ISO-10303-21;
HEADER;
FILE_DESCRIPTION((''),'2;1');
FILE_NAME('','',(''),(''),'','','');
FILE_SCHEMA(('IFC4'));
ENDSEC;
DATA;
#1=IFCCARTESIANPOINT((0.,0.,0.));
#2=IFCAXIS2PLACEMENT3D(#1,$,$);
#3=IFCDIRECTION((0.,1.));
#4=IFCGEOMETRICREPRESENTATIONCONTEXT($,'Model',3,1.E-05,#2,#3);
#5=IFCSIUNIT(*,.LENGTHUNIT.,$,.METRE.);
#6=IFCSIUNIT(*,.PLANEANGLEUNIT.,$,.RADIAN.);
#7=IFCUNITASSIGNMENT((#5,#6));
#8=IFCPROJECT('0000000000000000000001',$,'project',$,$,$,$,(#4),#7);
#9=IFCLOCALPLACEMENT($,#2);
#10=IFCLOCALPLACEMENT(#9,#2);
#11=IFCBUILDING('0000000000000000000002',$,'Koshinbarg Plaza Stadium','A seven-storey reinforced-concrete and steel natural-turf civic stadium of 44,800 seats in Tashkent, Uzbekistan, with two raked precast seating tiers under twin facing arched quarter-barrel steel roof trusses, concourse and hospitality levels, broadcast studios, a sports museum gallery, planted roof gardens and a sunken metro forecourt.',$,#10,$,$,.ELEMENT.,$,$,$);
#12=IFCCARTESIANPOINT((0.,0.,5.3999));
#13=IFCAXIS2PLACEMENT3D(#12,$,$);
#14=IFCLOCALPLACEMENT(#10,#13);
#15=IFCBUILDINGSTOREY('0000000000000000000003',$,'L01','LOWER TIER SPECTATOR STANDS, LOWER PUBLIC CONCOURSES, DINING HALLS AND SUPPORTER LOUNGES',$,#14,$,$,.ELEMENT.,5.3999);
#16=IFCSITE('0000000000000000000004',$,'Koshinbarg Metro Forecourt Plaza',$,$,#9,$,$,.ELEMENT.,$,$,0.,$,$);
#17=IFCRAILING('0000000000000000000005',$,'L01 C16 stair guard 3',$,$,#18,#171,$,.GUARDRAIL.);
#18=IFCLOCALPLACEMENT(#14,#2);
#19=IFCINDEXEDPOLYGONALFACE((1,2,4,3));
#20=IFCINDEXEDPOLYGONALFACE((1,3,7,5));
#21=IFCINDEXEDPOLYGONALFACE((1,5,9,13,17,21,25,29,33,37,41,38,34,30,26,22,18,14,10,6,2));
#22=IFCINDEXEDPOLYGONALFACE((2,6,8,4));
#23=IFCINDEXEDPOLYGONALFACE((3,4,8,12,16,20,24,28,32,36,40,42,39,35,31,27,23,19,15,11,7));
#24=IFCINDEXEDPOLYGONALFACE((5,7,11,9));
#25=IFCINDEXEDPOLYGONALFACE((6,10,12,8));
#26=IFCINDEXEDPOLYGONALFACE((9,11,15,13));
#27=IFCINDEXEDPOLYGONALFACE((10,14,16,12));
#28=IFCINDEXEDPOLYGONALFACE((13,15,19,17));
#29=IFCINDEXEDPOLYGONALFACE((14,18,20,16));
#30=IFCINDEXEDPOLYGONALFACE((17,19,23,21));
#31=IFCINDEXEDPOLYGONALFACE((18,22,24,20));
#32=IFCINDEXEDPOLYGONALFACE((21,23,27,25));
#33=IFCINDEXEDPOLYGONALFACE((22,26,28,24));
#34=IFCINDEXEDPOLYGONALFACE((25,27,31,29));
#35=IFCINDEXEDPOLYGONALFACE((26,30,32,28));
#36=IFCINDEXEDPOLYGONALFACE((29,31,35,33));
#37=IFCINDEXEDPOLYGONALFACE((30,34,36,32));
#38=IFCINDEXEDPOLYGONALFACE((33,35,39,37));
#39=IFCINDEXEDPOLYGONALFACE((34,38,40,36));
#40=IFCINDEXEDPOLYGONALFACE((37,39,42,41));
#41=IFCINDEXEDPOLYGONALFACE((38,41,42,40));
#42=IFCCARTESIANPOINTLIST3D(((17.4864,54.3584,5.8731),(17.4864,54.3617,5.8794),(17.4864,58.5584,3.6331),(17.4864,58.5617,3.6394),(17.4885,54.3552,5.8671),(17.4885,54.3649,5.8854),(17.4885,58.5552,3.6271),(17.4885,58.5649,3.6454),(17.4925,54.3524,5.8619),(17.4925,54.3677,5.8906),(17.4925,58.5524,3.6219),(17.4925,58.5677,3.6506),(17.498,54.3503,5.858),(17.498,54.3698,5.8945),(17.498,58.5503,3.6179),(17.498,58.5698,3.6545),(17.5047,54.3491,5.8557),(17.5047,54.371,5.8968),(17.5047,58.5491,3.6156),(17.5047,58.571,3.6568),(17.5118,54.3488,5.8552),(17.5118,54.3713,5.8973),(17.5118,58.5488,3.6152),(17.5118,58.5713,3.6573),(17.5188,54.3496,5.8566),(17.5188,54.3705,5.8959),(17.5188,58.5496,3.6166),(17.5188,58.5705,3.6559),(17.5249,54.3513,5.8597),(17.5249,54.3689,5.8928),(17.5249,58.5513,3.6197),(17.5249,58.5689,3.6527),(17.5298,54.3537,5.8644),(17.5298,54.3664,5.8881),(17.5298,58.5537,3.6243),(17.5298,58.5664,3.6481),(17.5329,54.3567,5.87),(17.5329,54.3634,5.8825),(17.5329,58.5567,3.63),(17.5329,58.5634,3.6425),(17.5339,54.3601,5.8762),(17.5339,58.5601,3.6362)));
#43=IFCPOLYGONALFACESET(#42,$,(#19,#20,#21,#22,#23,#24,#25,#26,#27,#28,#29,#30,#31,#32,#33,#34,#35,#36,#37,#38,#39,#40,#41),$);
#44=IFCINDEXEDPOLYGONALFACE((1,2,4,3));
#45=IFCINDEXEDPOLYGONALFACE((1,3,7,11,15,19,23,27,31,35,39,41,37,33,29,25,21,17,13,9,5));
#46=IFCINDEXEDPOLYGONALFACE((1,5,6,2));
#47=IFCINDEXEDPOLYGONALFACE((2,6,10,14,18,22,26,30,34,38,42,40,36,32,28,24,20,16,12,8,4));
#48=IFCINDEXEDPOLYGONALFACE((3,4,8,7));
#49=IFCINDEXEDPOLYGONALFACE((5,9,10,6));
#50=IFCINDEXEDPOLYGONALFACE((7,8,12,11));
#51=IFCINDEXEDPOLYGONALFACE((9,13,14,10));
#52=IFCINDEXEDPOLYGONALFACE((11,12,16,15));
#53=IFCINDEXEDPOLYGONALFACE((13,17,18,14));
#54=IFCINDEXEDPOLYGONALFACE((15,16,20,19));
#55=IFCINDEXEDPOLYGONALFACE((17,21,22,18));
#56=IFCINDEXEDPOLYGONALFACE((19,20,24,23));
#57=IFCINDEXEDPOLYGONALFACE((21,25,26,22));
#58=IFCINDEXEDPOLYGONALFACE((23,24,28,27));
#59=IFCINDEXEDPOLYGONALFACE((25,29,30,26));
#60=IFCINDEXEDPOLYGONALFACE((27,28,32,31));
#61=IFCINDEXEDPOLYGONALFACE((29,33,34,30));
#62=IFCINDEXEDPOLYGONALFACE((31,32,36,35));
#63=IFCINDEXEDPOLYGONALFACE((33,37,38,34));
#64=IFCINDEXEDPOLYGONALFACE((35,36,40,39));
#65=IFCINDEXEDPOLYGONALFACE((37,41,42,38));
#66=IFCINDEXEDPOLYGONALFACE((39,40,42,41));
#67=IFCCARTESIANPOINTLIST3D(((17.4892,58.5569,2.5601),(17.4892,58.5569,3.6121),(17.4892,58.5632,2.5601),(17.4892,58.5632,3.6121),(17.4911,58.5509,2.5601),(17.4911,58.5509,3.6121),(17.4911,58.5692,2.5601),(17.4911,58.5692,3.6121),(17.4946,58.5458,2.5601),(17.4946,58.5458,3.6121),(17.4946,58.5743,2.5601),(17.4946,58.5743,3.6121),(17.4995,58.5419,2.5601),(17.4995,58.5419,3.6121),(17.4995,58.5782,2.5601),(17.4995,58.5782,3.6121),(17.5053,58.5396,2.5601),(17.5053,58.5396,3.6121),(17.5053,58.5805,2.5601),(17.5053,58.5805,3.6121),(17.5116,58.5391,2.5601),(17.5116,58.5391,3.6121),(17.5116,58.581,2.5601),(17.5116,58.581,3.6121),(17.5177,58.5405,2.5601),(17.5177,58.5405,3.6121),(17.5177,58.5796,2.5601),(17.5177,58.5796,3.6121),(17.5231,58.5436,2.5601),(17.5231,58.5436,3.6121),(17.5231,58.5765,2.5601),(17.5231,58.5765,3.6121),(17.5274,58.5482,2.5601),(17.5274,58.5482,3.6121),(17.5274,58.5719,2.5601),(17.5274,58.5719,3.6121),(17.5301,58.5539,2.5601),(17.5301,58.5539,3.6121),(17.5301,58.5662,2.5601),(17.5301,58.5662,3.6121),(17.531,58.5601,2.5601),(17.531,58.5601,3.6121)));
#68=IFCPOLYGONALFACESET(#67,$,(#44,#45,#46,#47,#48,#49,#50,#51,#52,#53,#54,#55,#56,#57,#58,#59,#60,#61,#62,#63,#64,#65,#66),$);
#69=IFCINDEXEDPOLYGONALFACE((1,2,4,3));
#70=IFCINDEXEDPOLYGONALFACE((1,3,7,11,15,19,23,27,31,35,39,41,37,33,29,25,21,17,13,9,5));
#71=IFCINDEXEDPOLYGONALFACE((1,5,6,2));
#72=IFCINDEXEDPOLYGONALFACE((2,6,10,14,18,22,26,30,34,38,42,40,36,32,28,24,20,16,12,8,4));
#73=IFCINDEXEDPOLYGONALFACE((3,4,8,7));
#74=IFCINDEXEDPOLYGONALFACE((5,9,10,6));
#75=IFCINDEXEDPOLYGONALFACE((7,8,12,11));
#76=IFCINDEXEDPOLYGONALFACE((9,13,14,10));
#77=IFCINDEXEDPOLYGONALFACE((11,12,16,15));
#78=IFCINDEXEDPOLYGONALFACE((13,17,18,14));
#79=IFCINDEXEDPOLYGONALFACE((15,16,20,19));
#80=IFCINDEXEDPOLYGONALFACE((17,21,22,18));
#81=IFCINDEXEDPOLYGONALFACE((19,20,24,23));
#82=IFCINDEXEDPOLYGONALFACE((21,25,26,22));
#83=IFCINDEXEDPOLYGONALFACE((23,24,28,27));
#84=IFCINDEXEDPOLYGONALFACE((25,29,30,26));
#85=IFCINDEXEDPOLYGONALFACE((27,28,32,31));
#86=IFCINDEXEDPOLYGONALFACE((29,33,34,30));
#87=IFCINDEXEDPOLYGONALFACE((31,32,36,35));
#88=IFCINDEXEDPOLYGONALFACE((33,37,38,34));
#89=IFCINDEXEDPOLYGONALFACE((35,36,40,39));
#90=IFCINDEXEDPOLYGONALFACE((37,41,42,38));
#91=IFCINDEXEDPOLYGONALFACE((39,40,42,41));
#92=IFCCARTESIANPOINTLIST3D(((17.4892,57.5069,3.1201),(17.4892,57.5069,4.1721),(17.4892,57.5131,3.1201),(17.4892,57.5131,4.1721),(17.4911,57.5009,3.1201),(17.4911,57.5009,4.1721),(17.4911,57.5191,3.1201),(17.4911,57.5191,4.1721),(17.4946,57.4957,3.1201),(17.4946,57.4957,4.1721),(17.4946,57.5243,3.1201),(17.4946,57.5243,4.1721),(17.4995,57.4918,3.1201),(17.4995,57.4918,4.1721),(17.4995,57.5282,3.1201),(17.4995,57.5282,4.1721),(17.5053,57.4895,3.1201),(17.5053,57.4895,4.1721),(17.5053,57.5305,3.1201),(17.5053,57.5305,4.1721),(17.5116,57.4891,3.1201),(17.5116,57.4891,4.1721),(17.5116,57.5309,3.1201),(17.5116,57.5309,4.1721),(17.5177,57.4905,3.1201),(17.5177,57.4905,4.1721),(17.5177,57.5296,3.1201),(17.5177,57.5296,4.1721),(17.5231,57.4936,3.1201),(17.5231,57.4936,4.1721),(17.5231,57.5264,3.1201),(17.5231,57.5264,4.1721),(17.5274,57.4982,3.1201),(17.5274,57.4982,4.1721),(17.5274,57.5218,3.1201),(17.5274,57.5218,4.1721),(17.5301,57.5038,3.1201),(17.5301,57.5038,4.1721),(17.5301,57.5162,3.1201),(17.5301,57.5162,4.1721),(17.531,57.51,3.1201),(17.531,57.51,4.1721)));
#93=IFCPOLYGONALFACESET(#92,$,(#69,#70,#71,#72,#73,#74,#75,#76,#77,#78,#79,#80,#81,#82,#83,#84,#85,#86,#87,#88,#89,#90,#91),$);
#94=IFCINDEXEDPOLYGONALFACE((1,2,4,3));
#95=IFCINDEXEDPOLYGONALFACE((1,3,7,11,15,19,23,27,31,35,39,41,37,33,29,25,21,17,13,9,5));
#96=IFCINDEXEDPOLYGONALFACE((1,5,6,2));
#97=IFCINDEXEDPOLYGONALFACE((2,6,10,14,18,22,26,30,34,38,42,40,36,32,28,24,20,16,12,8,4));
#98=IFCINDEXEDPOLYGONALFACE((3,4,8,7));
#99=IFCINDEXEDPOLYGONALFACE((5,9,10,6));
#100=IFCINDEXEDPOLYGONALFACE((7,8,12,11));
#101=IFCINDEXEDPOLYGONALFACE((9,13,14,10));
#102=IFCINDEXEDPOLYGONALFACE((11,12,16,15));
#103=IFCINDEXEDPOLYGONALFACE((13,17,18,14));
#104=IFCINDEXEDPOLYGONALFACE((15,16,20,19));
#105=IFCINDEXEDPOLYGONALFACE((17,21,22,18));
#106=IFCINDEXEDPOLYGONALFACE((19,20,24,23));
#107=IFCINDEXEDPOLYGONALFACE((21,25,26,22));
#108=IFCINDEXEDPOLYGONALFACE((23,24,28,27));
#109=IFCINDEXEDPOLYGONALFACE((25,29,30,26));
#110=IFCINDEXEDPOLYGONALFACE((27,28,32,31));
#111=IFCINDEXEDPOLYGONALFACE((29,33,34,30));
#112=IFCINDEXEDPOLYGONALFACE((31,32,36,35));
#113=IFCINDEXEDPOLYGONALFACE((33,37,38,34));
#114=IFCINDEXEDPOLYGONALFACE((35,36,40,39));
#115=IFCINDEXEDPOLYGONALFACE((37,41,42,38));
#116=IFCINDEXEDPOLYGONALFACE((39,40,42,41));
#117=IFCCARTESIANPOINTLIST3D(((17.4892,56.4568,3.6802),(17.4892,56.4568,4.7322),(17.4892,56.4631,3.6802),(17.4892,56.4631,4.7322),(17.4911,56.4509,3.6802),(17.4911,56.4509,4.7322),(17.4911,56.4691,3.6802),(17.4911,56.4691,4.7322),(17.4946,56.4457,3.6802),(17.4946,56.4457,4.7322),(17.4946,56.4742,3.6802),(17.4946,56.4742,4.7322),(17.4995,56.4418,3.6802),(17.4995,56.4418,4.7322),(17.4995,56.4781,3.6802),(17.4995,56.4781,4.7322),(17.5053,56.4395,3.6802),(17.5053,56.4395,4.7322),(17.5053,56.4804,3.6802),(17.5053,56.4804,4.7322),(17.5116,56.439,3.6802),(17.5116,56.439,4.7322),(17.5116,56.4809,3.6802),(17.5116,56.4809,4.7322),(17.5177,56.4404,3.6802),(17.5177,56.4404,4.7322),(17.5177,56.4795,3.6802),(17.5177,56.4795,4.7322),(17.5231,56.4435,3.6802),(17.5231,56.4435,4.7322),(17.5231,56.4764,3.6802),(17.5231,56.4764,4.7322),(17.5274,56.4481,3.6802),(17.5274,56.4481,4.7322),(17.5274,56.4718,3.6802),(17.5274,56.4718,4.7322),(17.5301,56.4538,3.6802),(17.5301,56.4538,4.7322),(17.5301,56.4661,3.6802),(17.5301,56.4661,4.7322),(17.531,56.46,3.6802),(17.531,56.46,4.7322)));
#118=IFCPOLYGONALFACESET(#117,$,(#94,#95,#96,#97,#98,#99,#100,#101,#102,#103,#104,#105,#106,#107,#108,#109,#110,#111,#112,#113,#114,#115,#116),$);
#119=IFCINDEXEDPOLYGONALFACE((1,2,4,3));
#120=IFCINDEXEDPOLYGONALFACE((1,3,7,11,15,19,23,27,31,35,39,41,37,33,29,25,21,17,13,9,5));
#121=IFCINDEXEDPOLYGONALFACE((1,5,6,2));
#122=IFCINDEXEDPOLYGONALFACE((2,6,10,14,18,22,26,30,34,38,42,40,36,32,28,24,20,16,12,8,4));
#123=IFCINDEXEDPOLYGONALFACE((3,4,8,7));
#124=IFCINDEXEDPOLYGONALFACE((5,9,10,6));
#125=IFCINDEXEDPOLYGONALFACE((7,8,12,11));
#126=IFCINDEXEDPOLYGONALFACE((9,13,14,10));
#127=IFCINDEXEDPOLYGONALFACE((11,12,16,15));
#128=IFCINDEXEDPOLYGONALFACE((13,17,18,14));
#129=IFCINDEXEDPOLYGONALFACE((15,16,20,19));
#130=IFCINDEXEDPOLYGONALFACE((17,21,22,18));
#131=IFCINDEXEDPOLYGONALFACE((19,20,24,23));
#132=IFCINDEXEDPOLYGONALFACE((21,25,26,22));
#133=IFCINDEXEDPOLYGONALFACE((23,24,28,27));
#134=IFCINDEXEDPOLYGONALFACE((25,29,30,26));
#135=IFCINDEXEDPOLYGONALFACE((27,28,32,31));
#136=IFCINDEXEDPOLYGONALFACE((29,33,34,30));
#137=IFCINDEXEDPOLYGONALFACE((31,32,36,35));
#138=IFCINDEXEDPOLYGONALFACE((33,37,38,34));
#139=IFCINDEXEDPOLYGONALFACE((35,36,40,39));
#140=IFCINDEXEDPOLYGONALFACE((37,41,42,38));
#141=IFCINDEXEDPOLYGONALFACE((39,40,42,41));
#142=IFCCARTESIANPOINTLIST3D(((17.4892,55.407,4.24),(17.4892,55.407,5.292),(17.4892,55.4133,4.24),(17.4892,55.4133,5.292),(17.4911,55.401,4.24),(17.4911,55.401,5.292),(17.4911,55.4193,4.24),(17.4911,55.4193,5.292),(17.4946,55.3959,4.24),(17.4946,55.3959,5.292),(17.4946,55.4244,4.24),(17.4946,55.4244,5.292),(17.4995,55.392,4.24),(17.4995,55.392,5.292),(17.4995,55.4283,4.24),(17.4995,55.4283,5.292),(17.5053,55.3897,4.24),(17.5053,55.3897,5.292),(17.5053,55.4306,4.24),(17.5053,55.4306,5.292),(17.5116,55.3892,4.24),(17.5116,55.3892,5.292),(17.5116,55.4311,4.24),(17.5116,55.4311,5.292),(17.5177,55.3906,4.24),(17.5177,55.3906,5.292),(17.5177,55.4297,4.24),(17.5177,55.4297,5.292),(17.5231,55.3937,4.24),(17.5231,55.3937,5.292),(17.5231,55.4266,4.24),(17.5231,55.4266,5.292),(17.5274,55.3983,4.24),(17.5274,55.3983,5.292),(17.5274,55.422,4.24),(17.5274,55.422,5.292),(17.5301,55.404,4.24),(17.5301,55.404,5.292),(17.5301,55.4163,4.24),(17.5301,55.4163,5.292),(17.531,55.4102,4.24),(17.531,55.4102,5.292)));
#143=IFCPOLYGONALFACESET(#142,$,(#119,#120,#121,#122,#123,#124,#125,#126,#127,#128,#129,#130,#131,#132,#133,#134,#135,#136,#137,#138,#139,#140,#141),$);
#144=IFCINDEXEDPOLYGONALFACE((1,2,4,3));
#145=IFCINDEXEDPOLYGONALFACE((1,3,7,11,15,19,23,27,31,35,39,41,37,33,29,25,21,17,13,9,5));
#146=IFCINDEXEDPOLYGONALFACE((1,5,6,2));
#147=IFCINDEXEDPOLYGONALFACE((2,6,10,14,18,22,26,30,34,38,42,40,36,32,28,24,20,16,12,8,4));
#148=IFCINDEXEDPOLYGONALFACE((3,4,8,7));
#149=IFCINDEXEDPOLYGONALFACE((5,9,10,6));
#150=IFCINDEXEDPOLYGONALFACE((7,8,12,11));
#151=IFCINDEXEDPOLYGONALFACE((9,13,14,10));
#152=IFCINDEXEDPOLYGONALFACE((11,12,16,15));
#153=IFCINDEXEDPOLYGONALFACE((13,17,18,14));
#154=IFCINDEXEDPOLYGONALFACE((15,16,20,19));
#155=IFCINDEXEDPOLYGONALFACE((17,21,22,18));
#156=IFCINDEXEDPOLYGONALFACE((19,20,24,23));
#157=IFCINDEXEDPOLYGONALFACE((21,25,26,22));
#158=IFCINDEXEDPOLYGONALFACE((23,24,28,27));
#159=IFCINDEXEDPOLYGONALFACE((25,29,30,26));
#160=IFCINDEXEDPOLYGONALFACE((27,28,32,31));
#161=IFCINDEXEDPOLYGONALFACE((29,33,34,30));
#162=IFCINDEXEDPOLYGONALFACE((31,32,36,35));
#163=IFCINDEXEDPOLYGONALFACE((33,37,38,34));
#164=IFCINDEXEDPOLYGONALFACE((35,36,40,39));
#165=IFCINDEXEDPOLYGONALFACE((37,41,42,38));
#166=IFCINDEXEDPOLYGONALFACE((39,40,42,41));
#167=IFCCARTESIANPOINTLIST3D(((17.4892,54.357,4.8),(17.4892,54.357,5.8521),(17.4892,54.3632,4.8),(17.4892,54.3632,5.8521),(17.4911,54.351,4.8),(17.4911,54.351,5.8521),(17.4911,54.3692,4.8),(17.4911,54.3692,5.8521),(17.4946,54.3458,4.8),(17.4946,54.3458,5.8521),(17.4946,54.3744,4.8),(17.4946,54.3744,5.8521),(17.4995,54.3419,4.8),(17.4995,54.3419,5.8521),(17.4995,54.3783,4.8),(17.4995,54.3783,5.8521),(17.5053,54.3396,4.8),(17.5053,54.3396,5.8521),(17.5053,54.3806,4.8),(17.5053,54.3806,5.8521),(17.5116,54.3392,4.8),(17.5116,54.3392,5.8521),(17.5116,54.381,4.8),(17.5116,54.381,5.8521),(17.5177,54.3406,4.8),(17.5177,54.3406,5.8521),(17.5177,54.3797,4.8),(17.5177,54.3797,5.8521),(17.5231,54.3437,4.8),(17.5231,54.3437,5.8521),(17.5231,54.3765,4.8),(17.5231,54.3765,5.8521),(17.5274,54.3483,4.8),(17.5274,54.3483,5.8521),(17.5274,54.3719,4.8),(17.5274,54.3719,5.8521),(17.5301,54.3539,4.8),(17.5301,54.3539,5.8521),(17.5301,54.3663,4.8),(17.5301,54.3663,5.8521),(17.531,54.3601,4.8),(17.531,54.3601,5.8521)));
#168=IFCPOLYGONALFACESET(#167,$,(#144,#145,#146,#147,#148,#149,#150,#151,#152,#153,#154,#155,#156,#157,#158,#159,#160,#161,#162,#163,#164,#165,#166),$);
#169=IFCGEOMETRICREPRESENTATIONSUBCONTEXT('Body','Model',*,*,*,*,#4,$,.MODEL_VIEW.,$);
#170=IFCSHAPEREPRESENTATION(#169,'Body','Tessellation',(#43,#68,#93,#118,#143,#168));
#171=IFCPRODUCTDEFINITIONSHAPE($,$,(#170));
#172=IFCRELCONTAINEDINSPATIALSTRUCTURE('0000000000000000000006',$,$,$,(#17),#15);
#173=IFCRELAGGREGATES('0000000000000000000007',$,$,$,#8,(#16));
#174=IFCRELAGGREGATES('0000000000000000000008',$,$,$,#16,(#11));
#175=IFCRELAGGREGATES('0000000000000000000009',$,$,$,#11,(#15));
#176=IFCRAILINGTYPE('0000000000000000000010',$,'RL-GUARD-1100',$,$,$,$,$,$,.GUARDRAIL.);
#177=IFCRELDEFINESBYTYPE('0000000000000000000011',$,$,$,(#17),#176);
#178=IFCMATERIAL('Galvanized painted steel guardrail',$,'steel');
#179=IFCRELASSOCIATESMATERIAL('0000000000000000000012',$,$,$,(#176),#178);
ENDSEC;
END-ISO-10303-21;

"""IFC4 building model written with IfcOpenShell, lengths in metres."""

from ifc_helpers import new_model, si_unit, direction, frame, origin, origin_2d, place, context, subcontext, project, spatial, circle, extrude, material, type_object, element, save


model = new_model("IFC4")

# Units and contexts
model_context = context("Model", 3, precision=1e-05, world=origin(), true_north=direction((0.0, 1.0)))
body_context = subcontext(model_context, "Body", "Model", "MODEL_VIEW")
ifc_project = project(units=[si_unit("LENGTHUNIT", "METRE"), si_unit("PLANEANGLEUNIT", "RADIAN")], contexts=[model_context])

# Site, building, storey
site_placement = place(None, origin())
site = spatial("IfcSite", under=ifc_project, at=site_placement, Name="Koshinbarg Metro Forecourt Plaza", CompositionType="ELEMENT", RefElevation=0.0)
building_placement = place(site_placement, origin())
building = spatial("IfcBuilding", under=site, at=building_placement, Name="Koshinbarg Plaza Stadium", Description="A seven-storey reinforced-concrete and steel natural-turf civic stadium of 44,800 seats in Tashkent, Uzbekistan, with two raked precast seating tiers under twin facing arched quarter-barrel steel roof trusses, concourse and hospitality levels, broadcast studios, a sports museum gallery, planted roof gardens and a sunken metro forecourt.", CompositionType="ELEMENT")
storey_placement = place(building_placement, frame((0.0, 0.0, 5.3999)))
storey = spatial("IfcBuildingStorey", under=building, at=storey_placement, Name="L01", Description="LOWER TIER SPECTATOR STANDS, LOWER PUBLIC CONCOURSES, DINING HALLS AND SUPPORTER LOUNGES", CompositionType="ELEMENT", Elevation=5.3999)

# Railing
ifc_material_1 = material(Name="Galvanized painted steel guardrail", Category="steel")
railing_type_1 = type_object("IfcRailingType", Name="RL-GUARD-1100", PredefinedType="GUARDRAIL", material=ifc_material_1)
railing_1_placement = place(storey_placement, frame((17.51, 58.5601, 2.5601)))
element("IfcRailing", 1, at=railing_1_placement, inside=storey, type_object=railing_type_1, Name="L01 C16 stair guard 3", PredefinedType="GUARDRAIL", context=body_context, shape_type="SweptSolid", body=[
    extrude(circle(Radius=0.0239, at=origin_2d()), frame((0.0, 0.0, 1.0762), z_axis=(0.0, -0.882352, 0.470591), x_axis=(1.0, 0.0, 0.0)), (0.0, 0.0, 1.0), 4.76),
    extrude(circle(Radius=0.021, at=origin_2d()), origin(), (0.0, 0.0, 1.0), 1.052),
    extrude(circle(Radius=0.021, at=origin_2d()), frame((0.0, -1.05, 0.5601)), (0.0, 0.0, 1.0), 1.052),
    extrude(circle(Radius=0.021, at=origin_2d()), frame((0.0, -2.1001, 1.1201)), (0.0, 0.0, 1.0), 1.052),
    extrude(circle(Radius=0.021, at=origin_2d()), frame((0.0, -3.1499, 1.6799)), (0.0, 0.0, 1.0), 1.052),
    extrude(circle(Radius=0.021, at=origin_2d()), frame((0.0, -4.2, 2.24)), (0.0, 0.0, 1.0), 1.052),
])

save(model, "model.ifc")
